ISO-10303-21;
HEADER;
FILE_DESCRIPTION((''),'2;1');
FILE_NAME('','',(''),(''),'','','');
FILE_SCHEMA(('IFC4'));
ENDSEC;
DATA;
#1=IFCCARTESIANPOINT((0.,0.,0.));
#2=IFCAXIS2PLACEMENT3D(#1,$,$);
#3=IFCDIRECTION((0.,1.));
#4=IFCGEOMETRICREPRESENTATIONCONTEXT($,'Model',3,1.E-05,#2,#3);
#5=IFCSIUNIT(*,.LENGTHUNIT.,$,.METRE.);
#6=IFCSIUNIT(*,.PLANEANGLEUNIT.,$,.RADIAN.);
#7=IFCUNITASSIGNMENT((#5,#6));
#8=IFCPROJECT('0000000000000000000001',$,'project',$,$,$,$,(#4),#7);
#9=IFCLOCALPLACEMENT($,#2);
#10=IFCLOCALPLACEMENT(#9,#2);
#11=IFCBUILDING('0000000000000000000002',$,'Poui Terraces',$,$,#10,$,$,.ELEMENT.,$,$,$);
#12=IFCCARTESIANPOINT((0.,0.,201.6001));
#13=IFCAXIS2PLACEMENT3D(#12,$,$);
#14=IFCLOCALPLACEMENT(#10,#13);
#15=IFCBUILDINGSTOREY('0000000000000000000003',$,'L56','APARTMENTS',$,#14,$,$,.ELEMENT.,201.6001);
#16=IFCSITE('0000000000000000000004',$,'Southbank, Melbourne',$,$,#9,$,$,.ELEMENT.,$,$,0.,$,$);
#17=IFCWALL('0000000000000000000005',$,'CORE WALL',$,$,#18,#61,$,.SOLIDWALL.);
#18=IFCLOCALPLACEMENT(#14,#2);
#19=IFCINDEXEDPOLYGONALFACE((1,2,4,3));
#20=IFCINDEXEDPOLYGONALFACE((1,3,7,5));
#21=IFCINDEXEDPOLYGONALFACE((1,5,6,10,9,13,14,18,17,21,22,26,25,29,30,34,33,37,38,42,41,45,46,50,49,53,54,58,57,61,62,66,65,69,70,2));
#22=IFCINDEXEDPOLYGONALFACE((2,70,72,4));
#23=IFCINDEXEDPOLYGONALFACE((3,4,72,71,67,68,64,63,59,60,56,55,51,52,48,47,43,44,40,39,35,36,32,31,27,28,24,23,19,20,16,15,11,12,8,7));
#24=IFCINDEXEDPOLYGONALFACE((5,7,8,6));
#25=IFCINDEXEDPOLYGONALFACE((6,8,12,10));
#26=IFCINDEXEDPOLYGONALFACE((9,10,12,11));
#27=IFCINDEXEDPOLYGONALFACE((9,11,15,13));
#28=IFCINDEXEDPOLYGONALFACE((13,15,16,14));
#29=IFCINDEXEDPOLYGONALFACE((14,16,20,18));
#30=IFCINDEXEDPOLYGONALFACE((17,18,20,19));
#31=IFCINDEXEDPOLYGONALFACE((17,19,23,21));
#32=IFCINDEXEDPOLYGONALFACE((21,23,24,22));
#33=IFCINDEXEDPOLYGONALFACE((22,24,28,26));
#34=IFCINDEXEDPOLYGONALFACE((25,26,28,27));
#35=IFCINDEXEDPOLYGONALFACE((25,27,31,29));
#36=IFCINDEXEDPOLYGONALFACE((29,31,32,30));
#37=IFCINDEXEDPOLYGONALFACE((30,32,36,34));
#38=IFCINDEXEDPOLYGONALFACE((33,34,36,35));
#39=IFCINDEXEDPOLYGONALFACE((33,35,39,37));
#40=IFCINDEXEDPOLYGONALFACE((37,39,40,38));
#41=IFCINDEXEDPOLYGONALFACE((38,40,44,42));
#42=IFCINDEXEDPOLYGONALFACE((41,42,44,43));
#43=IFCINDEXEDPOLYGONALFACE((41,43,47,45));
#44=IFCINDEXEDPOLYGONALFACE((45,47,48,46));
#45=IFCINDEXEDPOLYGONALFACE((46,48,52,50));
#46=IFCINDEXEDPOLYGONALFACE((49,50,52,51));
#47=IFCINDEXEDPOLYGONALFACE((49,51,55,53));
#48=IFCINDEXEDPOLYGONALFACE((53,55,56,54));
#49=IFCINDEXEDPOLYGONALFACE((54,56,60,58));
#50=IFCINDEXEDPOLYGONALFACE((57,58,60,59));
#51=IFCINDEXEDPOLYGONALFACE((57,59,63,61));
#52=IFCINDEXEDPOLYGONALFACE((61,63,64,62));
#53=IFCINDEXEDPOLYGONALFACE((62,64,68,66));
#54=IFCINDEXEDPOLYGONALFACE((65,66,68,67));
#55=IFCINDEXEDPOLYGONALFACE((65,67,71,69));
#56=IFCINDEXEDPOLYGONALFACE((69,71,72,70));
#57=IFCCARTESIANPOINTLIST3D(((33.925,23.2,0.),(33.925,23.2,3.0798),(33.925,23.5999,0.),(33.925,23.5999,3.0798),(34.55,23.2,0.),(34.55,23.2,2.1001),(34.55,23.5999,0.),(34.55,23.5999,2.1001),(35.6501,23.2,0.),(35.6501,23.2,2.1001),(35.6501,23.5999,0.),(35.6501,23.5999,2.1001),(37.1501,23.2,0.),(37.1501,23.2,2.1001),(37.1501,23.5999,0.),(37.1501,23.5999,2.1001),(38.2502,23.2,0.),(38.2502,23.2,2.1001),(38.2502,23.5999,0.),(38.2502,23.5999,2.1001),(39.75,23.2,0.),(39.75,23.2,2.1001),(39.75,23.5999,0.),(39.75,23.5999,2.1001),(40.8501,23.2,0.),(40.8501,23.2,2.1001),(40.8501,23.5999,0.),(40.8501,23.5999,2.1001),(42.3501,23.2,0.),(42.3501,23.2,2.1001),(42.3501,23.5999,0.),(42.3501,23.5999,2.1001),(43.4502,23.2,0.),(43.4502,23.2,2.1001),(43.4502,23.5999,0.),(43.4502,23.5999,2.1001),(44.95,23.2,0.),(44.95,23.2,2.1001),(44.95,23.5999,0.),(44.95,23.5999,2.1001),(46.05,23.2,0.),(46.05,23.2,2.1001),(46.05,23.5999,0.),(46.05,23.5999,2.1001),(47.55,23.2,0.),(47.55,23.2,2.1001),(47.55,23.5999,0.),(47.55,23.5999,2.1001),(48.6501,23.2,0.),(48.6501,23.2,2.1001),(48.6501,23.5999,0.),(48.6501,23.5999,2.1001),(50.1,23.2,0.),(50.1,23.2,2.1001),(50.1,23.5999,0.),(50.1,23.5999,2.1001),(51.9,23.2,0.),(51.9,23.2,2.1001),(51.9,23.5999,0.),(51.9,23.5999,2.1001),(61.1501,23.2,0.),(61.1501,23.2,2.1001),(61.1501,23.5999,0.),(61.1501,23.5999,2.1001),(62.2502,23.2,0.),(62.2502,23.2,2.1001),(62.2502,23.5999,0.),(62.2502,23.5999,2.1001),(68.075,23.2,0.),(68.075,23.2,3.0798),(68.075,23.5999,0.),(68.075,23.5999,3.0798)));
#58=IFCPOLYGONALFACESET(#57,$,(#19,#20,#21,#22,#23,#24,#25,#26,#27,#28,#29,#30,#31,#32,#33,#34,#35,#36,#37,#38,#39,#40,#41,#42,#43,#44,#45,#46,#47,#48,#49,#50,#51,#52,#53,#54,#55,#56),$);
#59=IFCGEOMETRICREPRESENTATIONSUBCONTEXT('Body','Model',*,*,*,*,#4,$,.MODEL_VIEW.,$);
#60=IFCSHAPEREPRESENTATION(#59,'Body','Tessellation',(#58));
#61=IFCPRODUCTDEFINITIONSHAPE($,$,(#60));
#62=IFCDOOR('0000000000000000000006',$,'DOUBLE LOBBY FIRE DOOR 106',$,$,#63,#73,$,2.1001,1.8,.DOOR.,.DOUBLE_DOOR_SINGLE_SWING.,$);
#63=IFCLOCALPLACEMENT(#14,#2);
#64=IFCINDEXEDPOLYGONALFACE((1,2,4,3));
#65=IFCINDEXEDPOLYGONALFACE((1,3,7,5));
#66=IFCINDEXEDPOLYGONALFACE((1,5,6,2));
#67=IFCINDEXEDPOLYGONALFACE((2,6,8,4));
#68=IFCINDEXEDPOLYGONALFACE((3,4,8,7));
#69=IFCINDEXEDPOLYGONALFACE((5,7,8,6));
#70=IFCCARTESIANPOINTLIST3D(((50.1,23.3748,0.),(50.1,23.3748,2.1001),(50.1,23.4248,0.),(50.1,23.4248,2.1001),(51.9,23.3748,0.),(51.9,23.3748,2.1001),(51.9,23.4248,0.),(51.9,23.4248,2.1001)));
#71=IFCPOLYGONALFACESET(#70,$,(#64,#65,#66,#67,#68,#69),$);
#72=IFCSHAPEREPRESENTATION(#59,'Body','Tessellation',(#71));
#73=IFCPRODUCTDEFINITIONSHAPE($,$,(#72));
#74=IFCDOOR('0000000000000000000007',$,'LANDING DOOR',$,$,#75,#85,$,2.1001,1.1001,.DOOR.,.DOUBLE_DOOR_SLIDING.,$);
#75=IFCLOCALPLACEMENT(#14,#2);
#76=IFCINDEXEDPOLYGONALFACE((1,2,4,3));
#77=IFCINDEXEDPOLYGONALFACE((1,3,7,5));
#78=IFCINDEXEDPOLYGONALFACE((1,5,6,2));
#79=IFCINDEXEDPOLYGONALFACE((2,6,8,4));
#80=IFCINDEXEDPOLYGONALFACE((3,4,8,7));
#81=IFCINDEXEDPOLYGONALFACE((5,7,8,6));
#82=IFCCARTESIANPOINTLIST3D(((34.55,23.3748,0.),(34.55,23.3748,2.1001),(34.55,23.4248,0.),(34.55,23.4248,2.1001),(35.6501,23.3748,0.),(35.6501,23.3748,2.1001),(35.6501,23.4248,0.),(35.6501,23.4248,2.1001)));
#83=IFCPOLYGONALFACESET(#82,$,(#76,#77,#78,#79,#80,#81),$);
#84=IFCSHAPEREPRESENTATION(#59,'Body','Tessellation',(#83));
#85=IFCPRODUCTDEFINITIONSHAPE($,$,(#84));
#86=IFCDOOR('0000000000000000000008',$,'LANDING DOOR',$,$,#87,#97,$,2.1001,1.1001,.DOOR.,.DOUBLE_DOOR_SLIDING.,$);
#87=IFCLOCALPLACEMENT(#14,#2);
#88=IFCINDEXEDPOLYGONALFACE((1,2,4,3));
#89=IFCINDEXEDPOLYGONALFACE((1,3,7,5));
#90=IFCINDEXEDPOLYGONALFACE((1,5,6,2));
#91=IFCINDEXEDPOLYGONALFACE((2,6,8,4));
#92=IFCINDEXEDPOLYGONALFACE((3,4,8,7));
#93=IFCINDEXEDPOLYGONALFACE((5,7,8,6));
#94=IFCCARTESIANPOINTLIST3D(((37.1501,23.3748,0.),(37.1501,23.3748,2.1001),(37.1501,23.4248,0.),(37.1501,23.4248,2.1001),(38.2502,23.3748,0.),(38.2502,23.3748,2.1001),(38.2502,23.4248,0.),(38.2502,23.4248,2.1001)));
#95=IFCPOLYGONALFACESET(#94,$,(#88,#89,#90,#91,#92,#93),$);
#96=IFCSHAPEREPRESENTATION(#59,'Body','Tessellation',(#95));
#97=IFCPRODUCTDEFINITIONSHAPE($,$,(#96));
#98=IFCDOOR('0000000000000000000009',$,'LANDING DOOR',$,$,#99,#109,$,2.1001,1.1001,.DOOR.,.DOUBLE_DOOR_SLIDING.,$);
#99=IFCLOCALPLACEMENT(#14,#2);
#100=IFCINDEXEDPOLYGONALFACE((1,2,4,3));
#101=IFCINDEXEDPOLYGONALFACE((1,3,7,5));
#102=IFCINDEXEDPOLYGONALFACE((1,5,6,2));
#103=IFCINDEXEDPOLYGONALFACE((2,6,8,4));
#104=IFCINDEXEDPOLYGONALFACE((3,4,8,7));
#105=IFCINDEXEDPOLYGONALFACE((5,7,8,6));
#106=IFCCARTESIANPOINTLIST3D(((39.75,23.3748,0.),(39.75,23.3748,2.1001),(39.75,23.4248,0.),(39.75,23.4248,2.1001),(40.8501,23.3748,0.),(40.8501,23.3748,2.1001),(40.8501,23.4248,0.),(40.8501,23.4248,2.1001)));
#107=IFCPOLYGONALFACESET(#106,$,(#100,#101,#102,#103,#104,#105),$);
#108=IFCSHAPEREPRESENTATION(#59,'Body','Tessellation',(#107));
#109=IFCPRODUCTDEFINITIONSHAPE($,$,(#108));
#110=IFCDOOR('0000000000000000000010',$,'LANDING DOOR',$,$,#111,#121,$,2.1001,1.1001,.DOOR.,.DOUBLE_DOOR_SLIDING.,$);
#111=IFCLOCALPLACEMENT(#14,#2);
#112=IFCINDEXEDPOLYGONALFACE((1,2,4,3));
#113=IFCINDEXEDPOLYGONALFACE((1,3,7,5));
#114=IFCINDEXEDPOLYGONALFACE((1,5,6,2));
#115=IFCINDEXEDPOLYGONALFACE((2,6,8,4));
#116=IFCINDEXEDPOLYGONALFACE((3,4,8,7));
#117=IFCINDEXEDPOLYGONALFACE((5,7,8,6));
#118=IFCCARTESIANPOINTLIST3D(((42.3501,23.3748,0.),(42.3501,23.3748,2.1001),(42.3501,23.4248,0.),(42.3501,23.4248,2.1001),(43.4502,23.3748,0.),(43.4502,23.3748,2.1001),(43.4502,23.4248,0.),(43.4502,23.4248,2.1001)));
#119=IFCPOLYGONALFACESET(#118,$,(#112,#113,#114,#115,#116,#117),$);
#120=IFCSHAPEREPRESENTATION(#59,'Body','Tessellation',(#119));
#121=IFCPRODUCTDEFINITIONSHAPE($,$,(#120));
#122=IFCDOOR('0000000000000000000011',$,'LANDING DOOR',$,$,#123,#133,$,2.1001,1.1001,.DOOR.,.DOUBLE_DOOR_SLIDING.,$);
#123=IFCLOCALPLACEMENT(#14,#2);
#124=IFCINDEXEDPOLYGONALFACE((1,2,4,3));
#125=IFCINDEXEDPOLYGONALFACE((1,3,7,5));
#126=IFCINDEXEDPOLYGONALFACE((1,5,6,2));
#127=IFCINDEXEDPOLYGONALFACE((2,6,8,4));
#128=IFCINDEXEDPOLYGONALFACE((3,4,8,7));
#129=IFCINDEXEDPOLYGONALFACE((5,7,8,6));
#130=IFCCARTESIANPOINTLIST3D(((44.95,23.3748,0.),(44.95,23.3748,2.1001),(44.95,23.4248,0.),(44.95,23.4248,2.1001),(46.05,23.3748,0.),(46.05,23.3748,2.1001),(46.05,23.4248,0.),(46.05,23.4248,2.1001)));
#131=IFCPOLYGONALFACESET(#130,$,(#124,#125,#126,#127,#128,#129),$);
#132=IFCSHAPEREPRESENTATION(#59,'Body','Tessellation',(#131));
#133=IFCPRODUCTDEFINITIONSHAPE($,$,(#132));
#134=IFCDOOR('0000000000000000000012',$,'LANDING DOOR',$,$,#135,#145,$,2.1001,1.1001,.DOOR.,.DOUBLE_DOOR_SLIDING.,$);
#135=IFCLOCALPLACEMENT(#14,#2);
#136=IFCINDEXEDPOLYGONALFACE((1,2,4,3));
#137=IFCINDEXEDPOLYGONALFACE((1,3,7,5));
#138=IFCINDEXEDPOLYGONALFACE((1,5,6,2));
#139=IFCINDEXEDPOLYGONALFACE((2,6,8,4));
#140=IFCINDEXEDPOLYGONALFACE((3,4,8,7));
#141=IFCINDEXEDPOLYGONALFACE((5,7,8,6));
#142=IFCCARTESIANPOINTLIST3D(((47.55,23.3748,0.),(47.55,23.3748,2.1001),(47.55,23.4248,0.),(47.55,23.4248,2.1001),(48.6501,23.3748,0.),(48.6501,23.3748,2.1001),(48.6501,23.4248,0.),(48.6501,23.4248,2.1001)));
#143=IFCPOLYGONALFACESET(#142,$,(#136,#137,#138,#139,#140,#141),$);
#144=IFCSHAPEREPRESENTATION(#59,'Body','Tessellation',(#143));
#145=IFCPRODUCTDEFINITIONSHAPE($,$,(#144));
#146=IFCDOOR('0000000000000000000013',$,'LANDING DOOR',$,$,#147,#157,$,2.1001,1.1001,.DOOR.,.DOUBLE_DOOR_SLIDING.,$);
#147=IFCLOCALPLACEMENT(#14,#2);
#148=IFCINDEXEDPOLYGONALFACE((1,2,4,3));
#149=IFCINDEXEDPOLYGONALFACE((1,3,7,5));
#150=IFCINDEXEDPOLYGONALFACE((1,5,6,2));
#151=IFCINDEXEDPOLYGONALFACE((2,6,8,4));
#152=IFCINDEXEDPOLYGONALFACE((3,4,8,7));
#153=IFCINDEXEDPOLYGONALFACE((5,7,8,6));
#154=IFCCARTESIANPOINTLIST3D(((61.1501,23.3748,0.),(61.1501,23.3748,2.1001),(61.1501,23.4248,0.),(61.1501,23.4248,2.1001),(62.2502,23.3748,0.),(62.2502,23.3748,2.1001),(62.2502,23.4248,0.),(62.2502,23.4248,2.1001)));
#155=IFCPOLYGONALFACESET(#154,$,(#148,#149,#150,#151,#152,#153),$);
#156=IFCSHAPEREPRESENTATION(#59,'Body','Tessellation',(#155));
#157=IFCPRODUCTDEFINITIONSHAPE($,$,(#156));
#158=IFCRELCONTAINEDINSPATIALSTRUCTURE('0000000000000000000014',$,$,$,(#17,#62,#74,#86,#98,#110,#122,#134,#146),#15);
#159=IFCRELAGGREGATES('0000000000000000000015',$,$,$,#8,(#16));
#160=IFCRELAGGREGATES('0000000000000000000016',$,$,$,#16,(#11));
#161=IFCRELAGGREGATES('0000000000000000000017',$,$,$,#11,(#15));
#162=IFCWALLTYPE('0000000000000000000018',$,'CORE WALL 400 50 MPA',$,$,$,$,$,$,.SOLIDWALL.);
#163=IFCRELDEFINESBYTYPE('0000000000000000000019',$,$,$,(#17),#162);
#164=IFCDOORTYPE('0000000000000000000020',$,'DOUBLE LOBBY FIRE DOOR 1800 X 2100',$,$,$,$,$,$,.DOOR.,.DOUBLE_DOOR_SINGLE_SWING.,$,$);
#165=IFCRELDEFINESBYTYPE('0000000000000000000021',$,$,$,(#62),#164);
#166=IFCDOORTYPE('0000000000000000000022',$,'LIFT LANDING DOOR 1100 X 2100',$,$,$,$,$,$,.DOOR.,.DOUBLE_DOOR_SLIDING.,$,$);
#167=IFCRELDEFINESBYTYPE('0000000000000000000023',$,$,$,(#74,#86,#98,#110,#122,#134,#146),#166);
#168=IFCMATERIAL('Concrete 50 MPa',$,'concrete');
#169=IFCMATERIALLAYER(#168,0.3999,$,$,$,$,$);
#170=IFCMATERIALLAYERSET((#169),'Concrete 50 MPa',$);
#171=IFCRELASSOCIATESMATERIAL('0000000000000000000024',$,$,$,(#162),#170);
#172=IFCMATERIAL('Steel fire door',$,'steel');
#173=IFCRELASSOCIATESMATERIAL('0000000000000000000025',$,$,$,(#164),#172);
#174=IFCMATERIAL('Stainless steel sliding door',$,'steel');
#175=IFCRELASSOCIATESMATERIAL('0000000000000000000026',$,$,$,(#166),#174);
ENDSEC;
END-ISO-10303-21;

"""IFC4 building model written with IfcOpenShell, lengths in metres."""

from ifc_helpers import new_model, si_unit, direction, frame, frame_2d, origin, place, context, subcontext, project, spatial, rectangle, extrude, material, layer, layer_set, type_object, element, fill, save


model = new_model("IFC4")

# Units and contexts
model_context = context("Model", 3, precision=1e-05, world=origin(), true_north=direction((0.0, 1.0)))
body_context = subcontext(model_context, "Body", "Model", "MODEL_VIEW")
ifc_project = project(units=[si_unit("LENGTHUNIT", "METRE"), si_unit("PLANEANGLEUNIT", "RADIAN")], contexts=[model_context])

# Site, building, storey
site_placement = place(None, origin())
site = spatial("IfcSite", under=ifc_project, at=site_placement, Name="Southbank, Melbourne", CompositionType="ELEMENT", RefElevation=0.0)
building_placement = place(site_placement, origin())
building = spatial("IfcBuilding", under=site, at=building_placement, Name="Poui Terraces", CompositionType="ELEMENT")
storey_placement = place(building_placement, frame((0.0, 0.0, 201.6001)))
storey = spatial("IfcBuildingStorey", under=building, at=storey_placement, Name="L56", Description="APARTMENTS", CompositionType="ELEMENT", Elevation=201.6001)

# Wall, openings, doors
ifc_material_1 = material(Name="Concrete 50 MPa", Category="concrete")
ifc_layer_1 = layer(ifc_material_1, 0.3999)
ifc_layer_set_1 = layer_set([ifc_layer_1], Name="Concrete 50 MPa")
wall_type_1 = type_object("IfcWallType", Name="CORE WALL 400 50 MPA", PredefinedType="SOLIDWALL", material=ifc_layer_set_1)
ifc_material_2 = material(Name="Steel fire door", Category="steel")
door_type_1 = type_object("IfcDoorType", Name="DOUBLE LOBBY FIRE DOOR 1800 X 2100", OperationType="DOUBLE_DOOR_SINGLE_SWING", PredefinedType="DOOR", material=ifc_material_2)
wall_1_placement = place(storey_placement, frame((33.925, 23.3999, 0.0), z_axis=(0.0, 0.0, 1.0), x_axis=(1.0, 0.0, 0.0)))
wall_1 = element("IfcWall", 1, at=wall_1_placement, inside=storey, type_object=wall_type_1, Name="CORE WALL", PredefinedType="SOLIDWALL", context=body_context, shape_type="SweptSolid", body=[
    extrude(rectangle(XDim=34.1499, YDim=0.3999, at=frame_2d((17.075, 0.0))), origin(), (0.0, 0.0, 1.0), 3.0798),
])
opening_1_placement = place(wall_1_placement, frame((16.175, 0.0, 0.0)))
opening_1 = element("IfcOpeningElement", 2, at=opening_1_placement, cuts=wall_1, PredefinedType="OPENING", context=body_context, shape_type="SweptSolid", body=[
    extrude(rectangle(XDim=1.8, YDim=2.1001, at=frame_2d((0.8999, 1.05))), frame((0.0, 0.21, 0.0), z_axis=(0.0, -1.0, 0.0), x_axis=(1.0, 0.0, 0.0)), (0.0, 0.0, 1.0), 0.4199),
])
opening_2_placement = place(wall_1_placement, frame((0.625, 0.0, 0.0)))
opening_2 = element("IfcOpeningElement", 3, at=opening_2_placement, cuts=wall_1, PredefinedType="OPENING", context=body_context, shape_type="SweptSolid", body=[
    extrude(rectangle(XDim=1.1001, YDim=2.1001, at=frame_2d((0.55, 1.05))), frame((0.0, 0.21, 0.0), z_axis=(0.0, -1.0, 0.0), x_axis=(1.0, 0.0, 0.0)), (0.0, 0.0, 1.0), 0.4199),
])
opening_3_placement = place(wall_1_placement, frame((3.2251, 0.0, 0.0)))
opening_3 = element("IfcOpeningElement", 4, at=opening_3_placement, cuts=wall_1, PredefinedType="OPENING", context=body_context, shape_type="SweptSolid", body=[
    extrude(rectangle(XDim=1.1001, YDim=2.1001, at=frame_2d((0.55, 1.05))), frame((0.0, 0.21, 0.0), z_axis=(0.0, -1.0, 0.0), x_axis=(1.0, 0.0, 0.0)), (0.0, 0.0, 1.0), 0.4199),
])
opening_4_placement = place(wall_1_placement, frame((5.825, 0.0, 0.0)))
opening_4 = element("IfcOpeningElement", 5, at=opening_4_placement, cuts=wall_1, PredefinedType="OPENING", context=body_context, shape_type="SweptSolid", body=[
    extrude(rectangle(XDim=1.1001, YDim=2.1001, at=frame_2d((0.55, 1.05))), frame((0.0, 0.21, 0.0), z_axis=(0.0, -1.0, 0.0), x_axis=(1.0, 0.0, 0.0)), (0.0, 0.0, 1.0), 0.4199),
])
opening_5_placement = place(wall_1_placement, frame((8.425, 0.0, 0.0)))
opening_5 = element("IfcOpeningElement", 6, at=opening_5_placement, cuts=wall_1, PredefinedType="OPENING", context=body_context, shape_type="SweptSolid", body=[
    extrude(rectangle(XDim=1.1001, YDim=2.1001, at=frame_2d((0.55, 1.05))), frame((0.0, 0.21, 0.0), z_axis=(0.0, -1.0, 0.0), x_axis=(1.0, 0.0, 0.0)), (0.0, 0.0, 1.0), 0.4199),
])
opening_6_placement = place(wall_1_placement, frame((11.0249, 0.0, 0.0)))
opening_6 = element("IfcOpeningElement", 7, at=opening_6_placement, cuts=wall_1, PredefinedType="OPENING", context=body_context, shape_type="SweptSolid", body=[
    extrude(rectangle(XDim=1.1001, YDim=2.1001, at=frame_2d((0.55, 1.05))), frame((0.0, 0.21, 0.0), z_axis=(0.0, -1.0, 0.0), x_axis=(1.0, 0.0, 0.0)), (0.0, 0.0, 1.0), 0.4199),
])
opening_7_placement = place(wall_1_placement, frame((13.625, 0.0, 0.0)))
opening_7 = element("IfcOpeningElement", 8, at=opening_7_placement, cuts=wall_1, PredefinedType="OPENING", context=body_context, shape_type="SweptSolid", body=[
    extrude(rectangle(XDim=1.1001, YDim=2.1001, at=frame_2d((0.55, 1.05))), frame((0.0, 0.21, 0.0), z_axis=(0.0, -1.0, 0.0), x_axis=(1.0, 0.0, 0.0)), (0.0, 0.0, 1.0), 0.4199),
])
opening_8_placement = place(wall_1_placement, frame((27.2251, 0.0, 0.0)))
opening_8 = element("IfcOpeningElement", 9, at=opening_8_placement, cuts=wall_1, PredefinedType="OPENING", context=body_context, shape_type="SweptSolid", body=[
    extrude(rectangle(XDim=1.1001, YDim=2.1001, at=frame_2d((0.55, 1.05))), frame((0.0, 0.21, 0.0), z_axis=(0.0, -1.0, 0.0), x_axis=(1.0, 0.0, 0.0)), (0.0, 0.0, 1.0), 0.4199),
])
door_1_placement = place(opening_1_placement, origin())
door_1 = element("IfcDoor", 10, at=door_1_placement, inside=storey, type_object=door_type_1, Name="DOUBLE LOBBY FIRE DOOR 106", OperationType="DOUBLE_DOOR_SINGLE_SWING", OverallHeight=2.1001, OverallWidth=1.8, PredefinedType="DOOR", context=body_context, shape_type="SweptSolid", body=[
    extrude(rectangle(XDim=1.8, YDim=2.1001, at=frame_2d((0.8999, 1.05))), frame((0.0, 0.0249, 0.0), z_axis=(0.0, -1.0, 0.0), x_axis=(1.0, 0.0, 0.0)), (0.0, 0.0, 1.0), 0.05),
])
fill(opening_1, door_1)
ifc_material_3 = material(Name="Stainless steel sliding door", Category="steel")
door_type_2 = type_object("IfcDoorType", Name="LIFT LANDING DOOR 1100 X 2100", OperationType="DOUBLE_DOOR_SLIDING", PredefinedType="DOOR", material=ifc_material_3)
door_2_placement = place(opening_2_placement, origin())
door_2 = element("IfcDoor", 11, at=door_2_placement, inside=storey, type_object=door_type_2, Name="LANDING DOOR", OperationType="DOUBLE_DOOR_SLIDING", OverallHeight=2.1001, OverallWidth=1.1001, PredefinedType="DOOR", context=body_context, shape_type="SweptSolid", body=[
    extrude(rectangle(XDim=1.1001, YDim=2.1001, at=frame_2d((0.55, 1.05))), frame((0.0, 0.0249, 0.0), z_axis=(0.0, -1.0, 0.0), x_axis=(1.0, 0.0, 0.0)), (0.0, 0.0, 1.0), 0.05),
])
fill(opening_2, door_2)
door_3_placement = place(opening_3_placement, origin())
door_3 = element("IfcDoor", 12, at=door_3_placement, inside=storey, type_object=door_type_2, Name="LANDING DOOR", OperationType="DOUBLE_DOOR_SLIDING", OverallHeight=2.1001, OverallWidth=1.1001, PredefinedType="DOOR", context=body_context, shape_type="SweptSolid", body=[
    extrude(rectangle(XDim=1.1001, YDim=2.1001, at=frame_2d((0.55, 1.05))), frame((0.0, 0.0249, 0.0), z_axis=(0.0, -1.0, 0.0), x_axis=(1.0, 0.0, 0.0)), (0.0, 0.0, 1.0), 0.05),
])
fill(opening_3, door_3)
door_4_placement = place(opening_4_placement, origin())
door_4 = element("IfcDoor", 13, at=door_4_placement, inside=storey, type_object=door_type_2, Name="LANDING DOOR", OperationType="DOUBLE_DOOR_SLIDING", OverallHeight=2.1001, OverallWidth=1.1001, PredefinedType="DOOR", context=body_context, shape_type="SweptSolid", body=[
    extrude(rectangle(XDim=1.1001, YDim=2.1001, at=frame_2d((0.55, 1.05))), frame((0.0, 0.0249, 0.0), z_axis=(0.0, -1.0, 0.0), x_axis=(1.0, 0.0, 0.0)), (0.0, 0.0, 1.0), 0.05),
])
fill(opening_4, door_4)
door_5_placement = place(opening_5_placement, origin())
door_5 = element("IfcDoor", 14, at=door_5_placement, inside=storey, type_object=door_type_2, Name="LANDING DOOR", OperationType="DOUBLE_DOOR_SLIDING", OverallHeight=2.1001, OverallWidth=1.1001, PredefinedType="DOOR", context=body_context, shape_type="SweptSolid", body=[
    extrude(rectangle(XDim=1.1001, YDim=2.1001, at=frame_2d((0.55, 1.05))), frame((0.0, 0.0249, 0.0), z_axis=(0.0, -1.0, 0.0), x_axis=(1.0, 0.0, 0.0)), (0.0, 0.0, 1.0), 0.05),
])
fill(opening_5, door_5)
door_6_placement = place(opening_6_placement, origin())
door_6 = element("IfcDoor", 15, at=door_6_placement, inside=storey, type_object=door_type_2, Name="LANDING DOOR", OperationType="DOUBLE_DOOR_SLIDING", OverallHeight=2.1001, OverallWidth=1.1001, PredefinedType="DOOR", context=body_context, shape_type="SweptSolid", body=[
    extrude(rectangle(XDim=1.1001, YDim=2.1001, at=frame_2d((0.55, 1.05))), frame((0.0, 0.0249, 0.0), z_axis=(0.0, -1.0, 0.0), x_axis=(1.0, 0.0, 0.0)), (0.0, 0.0, 1.0), 0.05),
])
fill(opening_6, door_6)
door_7_placement = place(opening_7_placement, origin())
door_7 = element("IfcDoor", 16, at=door_7_placement, inside=storey, type_object=door_type_2, Name="LANDING DOOR", OperationType="DOUBLE_DOOR_SLIDING", OverallHeight=2.1001, OverallWidth=1.1001, PredefinedType="DOOR", context=body_context, shape_type="SweptSolid", body=[
    extrude(rectangle(XDim=1.1001, YDim=2.1001, at=frame_2d((0.55, 1.05))), frame((0.0, 0.0249, 0.0), z_axis=(0.0, -1.0, 0.0), x_axis=(1.0, 0.0, 0.0)), (0.0, 0.0, 1.0), 0.05),
])
fill(opening_7, door_7)
door_8_placement = place(opening_8_placement, origin())
door_8 = element("IfcDoor", 17, at=door_8_placement, inside=storey, type_object=door_type_2, Name="LANDING DOOR", OperationType="DOUBLE_DOOR_SLIDING", OverallHeight=2.1001, OverallWidth=1.1001, PredefinedType="DOOR", context=body_context, shape_type="SweptSolid", body=[
    extrude(rectangle(XDim=1.1001, YDim=2.1001, at=frame_2d((0.55, 1.05))), frame((0.0, 0.0249, 0.0), z_axis=(0.0, -1.0, 0.0), x_axis=(1.0, 0.0, 0.0)), (0.0, 0.0, 1.0), 0.05),
])
fill(opening_8, door_8)

save(model, "model.ifc")
